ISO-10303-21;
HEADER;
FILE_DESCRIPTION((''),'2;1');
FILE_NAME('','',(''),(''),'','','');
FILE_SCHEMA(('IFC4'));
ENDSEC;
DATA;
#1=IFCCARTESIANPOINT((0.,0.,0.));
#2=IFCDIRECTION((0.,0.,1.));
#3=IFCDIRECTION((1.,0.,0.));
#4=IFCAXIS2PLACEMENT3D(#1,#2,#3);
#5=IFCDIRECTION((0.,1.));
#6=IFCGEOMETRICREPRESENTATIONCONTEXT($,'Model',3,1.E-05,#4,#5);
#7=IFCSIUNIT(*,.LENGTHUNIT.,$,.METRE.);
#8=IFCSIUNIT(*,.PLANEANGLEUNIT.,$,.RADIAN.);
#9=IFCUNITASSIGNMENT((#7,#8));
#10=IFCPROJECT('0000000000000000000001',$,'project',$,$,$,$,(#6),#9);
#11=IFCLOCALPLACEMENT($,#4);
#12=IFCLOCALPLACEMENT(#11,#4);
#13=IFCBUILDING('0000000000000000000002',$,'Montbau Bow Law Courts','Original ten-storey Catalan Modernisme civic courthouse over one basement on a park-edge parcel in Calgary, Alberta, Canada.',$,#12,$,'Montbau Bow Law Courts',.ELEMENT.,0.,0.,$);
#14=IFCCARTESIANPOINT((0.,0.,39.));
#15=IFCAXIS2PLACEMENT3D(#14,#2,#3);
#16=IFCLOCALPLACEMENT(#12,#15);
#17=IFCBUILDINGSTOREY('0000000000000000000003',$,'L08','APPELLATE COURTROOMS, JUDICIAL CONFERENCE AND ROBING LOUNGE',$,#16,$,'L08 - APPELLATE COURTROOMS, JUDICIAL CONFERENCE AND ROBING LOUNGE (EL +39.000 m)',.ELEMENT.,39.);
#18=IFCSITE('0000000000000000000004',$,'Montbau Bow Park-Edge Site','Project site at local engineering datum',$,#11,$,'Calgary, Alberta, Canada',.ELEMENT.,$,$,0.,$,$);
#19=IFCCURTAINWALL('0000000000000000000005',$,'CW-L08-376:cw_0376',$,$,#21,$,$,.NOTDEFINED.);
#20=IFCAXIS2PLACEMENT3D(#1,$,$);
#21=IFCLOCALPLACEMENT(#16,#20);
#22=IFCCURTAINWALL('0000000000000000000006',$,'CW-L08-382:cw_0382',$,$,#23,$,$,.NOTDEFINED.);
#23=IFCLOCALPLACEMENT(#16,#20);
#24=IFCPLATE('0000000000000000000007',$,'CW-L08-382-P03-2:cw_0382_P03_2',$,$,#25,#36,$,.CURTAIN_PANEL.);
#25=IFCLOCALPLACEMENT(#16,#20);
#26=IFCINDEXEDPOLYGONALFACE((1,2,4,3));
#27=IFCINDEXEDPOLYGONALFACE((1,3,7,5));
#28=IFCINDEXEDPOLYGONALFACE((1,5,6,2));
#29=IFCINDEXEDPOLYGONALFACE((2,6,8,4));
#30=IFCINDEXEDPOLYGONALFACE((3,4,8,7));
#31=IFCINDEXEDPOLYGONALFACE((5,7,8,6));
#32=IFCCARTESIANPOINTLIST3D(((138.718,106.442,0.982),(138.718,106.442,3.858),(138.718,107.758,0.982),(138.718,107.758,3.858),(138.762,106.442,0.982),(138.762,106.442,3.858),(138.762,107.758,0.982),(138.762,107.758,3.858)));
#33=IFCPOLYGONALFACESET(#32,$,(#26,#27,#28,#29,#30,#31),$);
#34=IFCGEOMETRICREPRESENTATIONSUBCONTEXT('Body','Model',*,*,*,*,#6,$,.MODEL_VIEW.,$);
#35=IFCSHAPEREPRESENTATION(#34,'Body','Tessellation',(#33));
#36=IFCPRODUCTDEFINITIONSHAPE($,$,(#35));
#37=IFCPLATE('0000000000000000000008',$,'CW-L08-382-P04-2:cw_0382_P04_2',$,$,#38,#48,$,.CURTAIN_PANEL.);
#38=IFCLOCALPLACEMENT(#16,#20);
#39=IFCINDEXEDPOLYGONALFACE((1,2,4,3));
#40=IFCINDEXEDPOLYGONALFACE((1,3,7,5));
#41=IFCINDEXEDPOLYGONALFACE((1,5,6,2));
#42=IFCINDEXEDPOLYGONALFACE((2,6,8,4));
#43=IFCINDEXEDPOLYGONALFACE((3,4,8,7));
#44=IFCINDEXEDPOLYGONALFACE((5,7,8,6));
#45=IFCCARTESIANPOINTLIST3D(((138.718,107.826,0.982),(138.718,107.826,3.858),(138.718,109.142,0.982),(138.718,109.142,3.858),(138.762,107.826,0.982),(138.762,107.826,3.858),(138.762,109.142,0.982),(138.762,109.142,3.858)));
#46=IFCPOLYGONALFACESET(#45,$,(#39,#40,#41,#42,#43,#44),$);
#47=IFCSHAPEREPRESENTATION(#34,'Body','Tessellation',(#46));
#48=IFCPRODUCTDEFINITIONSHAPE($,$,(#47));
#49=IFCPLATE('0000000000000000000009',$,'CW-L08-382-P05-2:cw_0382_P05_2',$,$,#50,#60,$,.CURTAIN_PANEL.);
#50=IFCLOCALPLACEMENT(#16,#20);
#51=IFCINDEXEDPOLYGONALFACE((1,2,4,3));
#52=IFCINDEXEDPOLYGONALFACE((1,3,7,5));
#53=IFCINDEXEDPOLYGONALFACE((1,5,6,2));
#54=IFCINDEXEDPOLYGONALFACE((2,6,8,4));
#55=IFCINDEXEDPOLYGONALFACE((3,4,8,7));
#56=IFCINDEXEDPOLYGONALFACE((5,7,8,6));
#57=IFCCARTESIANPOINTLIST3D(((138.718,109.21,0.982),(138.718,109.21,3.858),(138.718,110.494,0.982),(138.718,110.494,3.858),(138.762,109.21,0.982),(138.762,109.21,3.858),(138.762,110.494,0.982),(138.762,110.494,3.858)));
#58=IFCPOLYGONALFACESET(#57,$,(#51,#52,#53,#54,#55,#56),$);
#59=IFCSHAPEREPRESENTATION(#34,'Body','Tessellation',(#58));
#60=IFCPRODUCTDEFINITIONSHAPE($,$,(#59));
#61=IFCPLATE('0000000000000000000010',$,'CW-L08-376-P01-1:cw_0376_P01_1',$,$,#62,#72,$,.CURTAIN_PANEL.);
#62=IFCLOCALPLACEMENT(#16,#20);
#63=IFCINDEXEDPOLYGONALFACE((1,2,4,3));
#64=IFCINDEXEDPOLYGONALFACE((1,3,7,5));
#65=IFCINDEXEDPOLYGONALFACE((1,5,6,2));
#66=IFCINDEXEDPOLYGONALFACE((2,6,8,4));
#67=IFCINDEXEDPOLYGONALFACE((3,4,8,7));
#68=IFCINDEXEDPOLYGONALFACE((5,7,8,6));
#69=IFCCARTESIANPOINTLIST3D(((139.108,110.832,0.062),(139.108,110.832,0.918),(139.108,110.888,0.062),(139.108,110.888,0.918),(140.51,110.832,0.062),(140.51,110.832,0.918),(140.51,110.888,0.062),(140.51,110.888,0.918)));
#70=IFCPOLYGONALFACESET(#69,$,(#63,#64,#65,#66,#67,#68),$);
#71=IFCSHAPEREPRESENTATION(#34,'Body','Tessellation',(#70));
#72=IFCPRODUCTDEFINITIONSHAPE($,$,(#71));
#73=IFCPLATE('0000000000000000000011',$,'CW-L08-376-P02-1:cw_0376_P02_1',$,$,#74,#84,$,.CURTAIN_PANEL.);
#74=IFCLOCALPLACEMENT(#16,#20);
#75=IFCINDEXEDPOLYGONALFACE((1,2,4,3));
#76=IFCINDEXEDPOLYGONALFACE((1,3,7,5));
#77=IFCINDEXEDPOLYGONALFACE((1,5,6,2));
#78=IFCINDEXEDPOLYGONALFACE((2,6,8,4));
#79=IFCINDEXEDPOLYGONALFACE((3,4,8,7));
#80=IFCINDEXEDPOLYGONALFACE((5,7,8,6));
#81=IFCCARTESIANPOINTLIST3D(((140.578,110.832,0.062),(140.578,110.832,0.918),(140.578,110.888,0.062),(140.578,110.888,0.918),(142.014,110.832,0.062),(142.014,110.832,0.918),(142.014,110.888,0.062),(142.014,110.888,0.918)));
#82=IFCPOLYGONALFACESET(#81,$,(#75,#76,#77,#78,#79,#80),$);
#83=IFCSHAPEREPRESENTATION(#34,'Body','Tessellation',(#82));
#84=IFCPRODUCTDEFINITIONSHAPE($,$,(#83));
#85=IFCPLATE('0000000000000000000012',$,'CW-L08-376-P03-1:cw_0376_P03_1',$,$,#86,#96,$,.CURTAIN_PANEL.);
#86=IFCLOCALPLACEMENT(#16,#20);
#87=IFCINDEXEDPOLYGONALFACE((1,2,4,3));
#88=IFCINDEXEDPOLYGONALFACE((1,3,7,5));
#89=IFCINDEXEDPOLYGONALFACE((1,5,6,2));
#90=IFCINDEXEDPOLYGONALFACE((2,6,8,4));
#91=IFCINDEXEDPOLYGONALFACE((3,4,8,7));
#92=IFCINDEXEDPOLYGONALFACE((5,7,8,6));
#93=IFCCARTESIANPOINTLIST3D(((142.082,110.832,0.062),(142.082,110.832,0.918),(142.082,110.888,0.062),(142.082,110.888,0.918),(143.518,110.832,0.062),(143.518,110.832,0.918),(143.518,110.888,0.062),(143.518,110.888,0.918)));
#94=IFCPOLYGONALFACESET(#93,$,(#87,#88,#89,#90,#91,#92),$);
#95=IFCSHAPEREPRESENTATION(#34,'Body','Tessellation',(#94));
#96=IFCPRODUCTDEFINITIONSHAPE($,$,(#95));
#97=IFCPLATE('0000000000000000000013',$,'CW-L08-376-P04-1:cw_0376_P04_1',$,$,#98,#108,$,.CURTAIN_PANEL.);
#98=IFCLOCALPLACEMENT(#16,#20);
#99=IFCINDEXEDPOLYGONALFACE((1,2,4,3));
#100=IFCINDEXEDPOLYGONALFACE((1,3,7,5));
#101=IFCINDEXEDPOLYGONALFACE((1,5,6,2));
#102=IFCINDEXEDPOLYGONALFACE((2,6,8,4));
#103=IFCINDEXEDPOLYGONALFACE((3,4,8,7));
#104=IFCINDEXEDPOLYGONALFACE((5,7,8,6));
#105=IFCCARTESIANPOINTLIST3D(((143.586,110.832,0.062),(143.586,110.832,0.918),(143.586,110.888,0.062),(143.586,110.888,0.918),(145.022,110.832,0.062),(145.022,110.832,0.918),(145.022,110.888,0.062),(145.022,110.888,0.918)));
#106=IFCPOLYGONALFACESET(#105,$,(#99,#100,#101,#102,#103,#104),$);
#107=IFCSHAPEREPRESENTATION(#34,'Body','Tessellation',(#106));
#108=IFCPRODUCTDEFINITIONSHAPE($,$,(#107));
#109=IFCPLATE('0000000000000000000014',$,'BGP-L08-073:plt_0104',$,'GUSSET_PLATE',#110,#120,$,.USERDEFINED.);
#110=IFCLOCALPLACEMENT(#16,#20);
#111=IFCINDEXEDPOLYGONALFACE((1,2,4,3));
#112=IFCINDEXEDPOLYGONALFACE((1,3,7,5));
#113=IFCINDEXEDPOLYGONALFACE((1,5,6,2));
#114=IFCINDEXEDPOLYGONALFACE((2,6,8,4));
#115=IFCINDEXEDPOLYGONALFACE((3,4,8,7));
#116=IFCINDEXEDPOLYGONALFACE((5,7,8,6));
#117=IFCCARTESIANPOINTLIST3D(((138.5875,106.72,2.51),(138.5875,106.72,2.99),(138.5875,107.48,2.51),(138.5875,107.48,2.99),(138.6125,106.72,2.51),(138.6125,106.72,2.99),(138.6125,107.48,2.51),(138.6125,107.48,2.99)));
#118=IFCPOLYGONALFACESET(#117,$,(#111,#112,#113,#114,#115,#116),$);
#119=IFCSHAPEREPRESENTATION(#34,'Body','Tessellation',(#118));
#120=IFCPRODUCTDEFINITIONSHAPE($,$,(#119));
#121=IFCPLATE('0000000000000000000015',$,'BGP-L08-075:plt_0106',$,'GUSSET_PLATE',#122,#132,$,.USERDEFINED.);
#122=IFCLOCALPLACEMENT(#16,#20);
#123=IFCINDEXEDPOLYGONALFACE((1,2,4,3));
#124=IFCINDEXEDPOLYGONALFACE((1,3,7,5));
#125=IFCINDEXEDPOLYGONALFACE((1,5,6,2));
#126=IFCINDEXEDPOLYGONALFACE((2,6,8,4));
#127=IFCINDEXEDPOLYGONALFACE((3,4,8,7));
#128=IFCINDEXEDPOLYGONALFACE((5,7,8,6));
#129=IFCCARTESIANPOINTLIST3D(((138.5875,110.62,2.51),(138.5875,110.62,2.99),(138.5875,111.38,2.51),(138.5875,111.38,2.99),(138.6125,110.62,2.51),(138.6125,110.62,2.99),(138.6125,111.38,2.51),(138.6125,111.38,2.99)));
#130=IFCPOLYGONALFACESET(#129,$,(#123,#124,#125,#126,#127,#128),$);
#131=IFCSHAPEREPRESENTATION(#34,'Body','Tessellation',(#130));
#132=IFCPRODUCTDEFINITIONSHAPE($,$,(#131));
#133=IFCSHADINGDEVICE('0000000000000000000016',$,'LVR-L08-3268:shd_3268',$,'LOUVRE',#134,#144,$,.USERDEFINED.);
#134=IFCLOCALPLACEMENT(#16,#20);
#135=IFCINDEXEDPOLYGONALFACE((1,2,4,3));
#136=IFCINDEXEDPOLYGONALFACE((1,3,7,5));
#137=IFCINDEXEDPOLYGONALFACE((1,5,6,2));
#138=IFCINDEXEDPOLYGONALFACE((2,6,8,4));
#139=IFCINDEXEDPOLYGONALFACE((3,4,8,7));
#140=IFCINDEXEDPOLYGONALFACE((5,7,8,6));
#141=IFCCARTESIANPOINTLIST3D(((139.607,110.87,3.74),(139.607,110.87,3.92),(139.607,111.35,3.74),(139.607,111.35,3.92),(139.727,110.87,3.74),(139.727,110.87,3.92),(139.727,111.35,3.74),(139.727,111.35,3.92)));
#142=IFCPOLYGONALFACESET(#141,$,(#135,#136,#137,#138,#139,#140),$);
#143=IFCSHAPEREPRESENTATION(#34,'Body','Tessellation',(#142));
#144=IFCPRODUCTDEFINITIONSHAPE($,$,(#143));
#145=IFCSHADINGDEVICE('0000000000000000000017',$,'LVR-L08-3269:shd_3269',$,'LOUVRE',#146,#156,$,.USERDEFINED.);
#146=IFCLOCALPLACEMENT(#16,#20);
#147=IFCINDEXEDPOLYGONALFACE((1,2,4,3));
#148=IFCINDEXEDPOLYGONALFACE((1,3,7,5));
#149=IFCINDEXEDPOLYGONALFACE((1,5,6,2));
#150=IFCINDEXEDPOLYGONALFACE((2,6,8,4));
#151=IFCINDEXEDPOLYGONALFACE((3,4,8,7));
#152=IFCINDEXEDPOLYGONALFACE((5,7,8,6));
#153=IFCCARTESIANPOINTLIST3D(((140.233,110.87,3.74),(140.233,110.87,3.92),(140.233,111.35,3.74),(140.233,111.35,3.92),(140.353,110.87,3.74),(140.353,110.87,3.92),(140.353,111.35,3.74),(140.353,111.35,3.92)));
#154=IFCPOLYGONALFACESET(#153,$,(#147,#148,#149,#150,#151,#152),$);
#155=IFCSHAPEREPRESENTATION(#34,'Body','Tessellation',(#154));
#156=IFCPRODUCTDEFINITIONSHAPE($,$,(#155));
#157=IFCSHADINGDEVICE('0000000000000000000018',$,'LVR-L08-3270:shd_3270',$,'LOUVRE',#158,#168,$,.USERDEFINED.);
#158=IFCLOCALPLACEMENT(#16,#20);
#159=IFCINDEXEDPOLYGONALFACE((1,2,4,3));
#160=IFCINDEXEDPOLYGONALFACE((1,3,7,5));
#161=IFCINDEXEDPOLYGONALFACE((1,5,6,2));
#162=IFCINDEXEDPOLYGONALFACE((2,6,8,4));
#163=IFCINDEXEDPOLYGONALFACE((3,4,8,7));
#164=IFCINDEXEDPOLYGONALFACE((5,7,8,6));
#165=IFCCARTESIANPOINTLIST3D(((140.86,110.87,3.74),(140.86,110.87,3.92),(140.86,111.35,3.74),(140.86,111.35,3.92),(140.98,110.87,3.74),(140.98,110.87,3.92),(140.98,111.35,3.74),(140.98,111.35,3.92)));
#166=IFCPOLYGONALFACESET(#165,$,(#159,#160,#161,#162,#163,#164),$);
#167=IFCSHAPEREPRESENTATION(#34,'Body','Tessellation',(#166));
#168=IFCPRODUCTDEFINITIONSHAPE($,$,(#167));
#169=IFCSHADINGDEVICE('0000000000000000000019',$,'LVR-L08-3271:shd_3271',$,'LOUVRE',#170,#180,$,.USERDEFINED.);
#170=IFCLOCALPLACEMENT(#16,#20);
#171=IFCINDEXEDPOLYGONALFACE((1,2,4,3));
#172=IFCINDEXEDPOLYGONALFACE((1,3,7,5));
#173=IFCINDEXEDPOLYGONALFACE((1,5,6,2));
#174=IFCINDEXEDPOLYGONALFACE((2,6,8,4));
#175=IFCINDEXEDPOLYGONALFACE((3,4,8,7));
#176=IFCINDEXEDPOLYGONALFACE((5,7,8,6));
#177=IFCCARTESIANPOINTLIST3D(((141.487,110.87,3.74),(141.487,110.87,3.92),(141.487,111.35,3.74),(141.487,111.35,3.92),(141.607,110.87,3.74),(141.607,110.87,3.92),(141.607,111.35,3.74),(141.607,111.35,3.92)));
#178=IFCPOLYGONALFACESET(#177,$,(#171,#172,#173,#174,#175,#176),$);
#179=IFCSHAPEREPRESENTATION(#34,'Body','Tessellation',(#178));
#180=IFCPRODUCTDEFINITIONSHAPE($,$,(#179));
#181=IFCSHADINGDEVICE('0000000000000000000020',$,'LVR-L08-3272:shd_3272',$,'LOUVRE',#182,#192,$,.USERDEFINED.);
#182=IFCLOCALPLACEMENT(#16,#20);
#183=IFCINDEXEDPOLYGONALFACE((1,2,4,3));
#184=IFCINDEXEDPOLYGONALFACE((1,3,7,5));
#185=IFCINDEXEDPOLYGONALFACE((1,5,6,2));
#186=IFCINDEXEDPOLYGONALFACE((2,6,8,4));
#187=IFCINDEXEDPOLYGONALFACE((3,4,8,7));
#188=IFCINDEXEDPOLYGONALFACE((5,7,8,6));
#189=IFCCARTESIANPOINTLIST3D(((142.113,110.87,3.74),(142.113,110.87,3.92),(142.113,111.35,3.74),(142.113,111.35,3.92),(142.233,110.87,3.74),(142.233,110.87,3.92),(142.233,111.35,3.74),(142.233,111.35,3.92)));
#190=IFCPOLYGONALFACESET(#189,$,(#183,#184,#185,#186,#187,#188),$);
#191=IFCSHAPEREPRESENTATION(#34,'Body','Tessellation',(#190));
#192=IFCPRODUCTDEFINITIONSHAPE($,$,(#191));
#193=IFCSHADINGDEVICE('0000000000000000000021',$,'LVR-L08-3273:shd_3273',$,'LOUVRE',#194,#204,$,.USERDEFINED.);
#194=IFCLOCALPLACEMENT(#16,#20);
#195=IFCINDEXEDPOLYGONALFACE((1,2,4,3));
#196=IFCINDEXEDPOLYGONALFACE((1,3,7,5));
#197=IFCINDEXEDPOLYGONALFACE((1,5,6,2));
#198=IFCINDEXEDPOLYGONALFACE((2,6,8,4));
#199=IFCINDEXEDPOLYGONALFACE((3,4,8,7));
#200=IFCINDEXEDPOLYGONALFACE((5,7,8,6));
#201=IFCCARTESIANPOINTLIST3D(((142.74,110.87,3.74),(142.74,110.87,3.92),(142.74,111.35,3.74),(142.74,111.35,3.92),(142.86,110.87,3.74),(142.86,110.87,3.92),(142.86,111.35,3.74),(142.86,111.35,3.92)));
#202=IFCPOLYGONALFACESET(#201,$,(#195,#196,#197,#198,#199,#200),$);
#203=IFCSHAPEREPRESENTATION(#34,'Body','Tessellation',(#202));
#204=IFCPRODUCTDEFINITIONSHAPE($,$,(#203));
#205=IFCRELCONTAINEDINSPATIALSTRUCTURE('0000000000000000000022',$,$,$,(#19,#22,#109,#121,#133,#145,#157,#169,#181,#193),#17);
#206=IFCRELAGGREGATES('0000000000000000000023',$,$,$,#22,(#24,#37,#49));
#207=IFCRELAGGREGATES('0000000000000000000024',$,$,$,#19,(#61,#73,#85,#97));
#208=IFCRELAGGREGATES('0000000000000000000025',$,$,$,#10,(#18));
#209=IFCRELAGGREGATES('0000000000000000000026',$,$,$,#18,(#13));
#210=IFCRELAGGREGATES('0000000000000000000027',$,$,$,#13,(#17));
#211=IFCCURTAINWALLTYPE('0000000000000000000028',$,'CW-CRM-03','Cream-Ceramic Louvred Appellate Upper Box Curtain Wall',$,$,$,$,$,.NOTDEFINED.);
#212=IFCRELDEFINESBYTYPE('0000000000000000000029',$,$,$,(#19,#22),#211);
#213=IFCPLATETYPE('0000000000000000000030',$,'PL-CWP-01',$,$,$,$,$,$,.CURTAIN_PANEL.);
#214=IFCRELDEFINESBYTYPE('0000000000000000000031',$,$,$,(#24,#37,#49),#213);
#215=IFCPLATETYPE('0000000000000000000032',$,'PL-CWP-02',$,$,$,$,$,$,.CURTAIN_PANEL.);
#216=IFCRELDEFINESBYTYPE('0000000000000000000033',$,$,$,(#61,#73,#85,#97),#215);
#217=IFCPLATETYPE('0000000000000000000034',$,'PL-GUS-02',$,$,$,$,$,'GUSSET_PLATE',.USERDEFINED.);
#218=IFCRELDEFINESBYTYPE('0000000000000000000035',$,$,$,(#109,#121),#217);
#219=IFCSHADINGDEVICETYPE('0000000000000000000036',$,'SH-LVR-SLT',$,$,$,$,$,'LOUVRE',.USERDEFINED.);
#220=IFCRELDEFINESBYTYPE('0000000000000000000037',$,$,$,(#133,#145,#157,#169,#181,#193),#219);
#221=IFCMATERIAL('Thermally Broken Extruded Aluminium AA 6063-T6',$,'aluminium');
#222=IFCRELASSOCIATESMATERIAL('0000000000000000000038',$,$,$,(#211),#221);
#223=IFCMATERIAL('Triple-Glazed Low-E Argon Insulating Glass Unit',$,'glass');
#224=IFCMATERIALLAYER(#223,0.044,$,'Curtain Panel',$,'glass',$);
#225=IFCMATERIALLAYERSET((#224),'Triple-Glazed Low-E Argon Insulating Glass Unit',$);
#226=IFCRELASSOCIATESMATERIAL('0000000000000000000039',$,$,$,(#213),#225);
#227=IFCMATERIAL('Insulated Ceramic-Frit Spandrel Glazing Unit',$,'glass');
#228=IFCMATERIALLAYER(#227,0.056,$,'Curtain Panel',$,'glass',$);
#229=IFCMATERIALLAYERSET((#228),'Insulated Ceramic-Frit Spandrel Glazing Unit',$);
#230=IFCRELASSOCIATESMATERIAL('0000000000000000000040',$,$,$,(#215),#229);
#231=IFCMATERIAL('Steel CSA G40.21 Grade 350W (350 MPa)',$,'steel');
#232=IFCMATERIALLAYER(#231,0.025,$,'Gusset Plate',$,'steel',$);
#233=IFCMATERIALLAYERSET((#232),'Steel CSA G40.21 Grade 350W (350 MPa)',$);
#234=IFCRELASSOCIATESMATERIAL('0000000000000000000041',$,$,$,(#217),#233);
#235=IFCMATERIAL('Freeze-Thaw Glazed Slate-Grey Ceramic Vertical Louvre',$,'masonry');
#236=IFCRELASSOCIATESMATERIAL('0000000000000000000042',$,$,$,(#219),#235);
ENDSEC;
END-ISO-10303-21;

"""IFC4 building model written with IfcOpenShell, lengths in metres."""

from ifc_helpers import new_model, si_unit, direction, frame, frame_2d, origin_with_axes, origin_2d_with_axis, place, context, subcontext, project, spatial, rectangle, extrude, material, layer, layer_set, type_object, element, aggregate, save


model = new_model("IFC4")

# Units and contexts
model_context = context("Model", 3, precision=1e-05, world=origin_with_axes(), true_north=direction((0.0, 1.0)))
body_context = subcontext(model_context, "Body", "Model", "MODEL_VIEW")
ifc_project = project(units=[si_unit("LENGTHUNIT", "METRE"), si_unit("PLANEANGLEUNIT", "RADIAN")], contexts=[model_context])

# Site, building, storey
site_placement = place(None, origin_with_axes())
site = spatial("IfcSite", under=ifc_project, at=site_placement, Name="Montbau Bow Park-Edge Site", Description="Project site at local engineering datum", LongName="Calgary, Alberta, Canada", CompositionType="ELEMENT", RefElevation=0.0)
building_placement = place(site_placement, origin_with_axes())
building = spatial("IfcBuilding", under=site, at=building_placement, Name="Montbau Bow Law Courts", Description="Original ten-storey Catalan Modernisme civic courthouse over one basement on a park-edge parcel in Calgary, Alberta, Canada.", LongName="Montbau Bow Law Courts", CompositionType="ELEMENT", ElevationOfRefHeight=0.0, ElevationOfTerrain=0.0)
storey_placement = place(building_placement, frame((0.0, 0.0, 39.0), z_axis=(0.0, 0.0, 1.0), x_axis=(1.0, 0.0, 0.0)))
storey = spatial("IfcBuildingStorey", under=building, at=storey_placement, Name="L08", Description="APPELLATE COURTROOMS, JUDICIAL CONFERENCE AND ROBING LOUNGE", LongName="L08 - APPELLATE COURTROOMS, JUDICIAL CONFERENCE AND ROBING LOUNGE (EL +39.000 m)", CompositionType="ELEMENT", Elevation=39.0)

# Shared definitions
ifc_material_1 = material(Name="Steel CSA G40.21 Grade 350W (350 MPa)", Category="steel")

# Curtain walls
ifc_material_2 = material(Name="Thermally Broken Extruded Aluminium AA 6063-T6", Category="aluminium")
curtain_wall_type = type_object("IfcCurtainWallType", Name="CW-CRM-03", Description="Cream-Ceramic Louvred Appellate Upper Box Curtain Wall", PredefinedType="NOTDEFINED", material=ifc_material_2)
curtain_wall_1_placement = place(None, frame((139.04, 110.86, 39.0), z_axis=(0.0, 0.0, 1.0), x_axis=(1.0, 0.0, 0.0)))
curtain_wall_1 = element("IfcCurtainWall", 1, at=curtain_wall_1_placement, inside=storey, type_object=curtain_wall_type, Name="CW-L08-376:cw_0376", PredefinedType="NOTDEFINED")
curtain_wall_2_placement = place(None, frame((138.74, 103.64, 39.0), z_axis=(0.0, 0.0, 1.0), x_axis=(1.0, 0.0, 0.0)))
curtain_wall_2 = element("IfcCurtainWall", 2, at=curtain_wall_2_placement, inside=storey, type_object=curtain_wall_type, Name="CW-L08-382:cw_0382", PredefinedType="NOTDEFINED")

# Plates
ifc_material_3 = material(Name="Triple-Glazed Low-E Argon Insulating Glass Unit", Category="glass")
ifc_layer_1 = layer(ifc_material_3, 0.044, Name="Curtain Panel", Category="glass")
ifc_layer_set_1 = layer_set([ifc_layer_1], Name="Triple-Glazed Low-E Argon Insulating Glass Unit")
plate_type_1 = type_object("IfcPlateType", Name="PL-CWP-01", PredefinedType="CURTAIN_PANEL", material=ifc_layer_set_1)
plate_1_placement = place(None, frame((138.74, 106.442, 39.982), z_axis=(1.0, 0.0, 0.0), x_axis=(0.0, 1.0, 0.0)))
plate_1 = element("IfcPlate", 3, at=plate_1_placement, type_object=plate_type_1, Name="CW-L08-382-P03-2:cw_0382_P03_2", PredefinedType="CURTAIN_PANEL", context=body_context, shape_type="SweptSolid", body=[
    extrude(rectangle(XDim=1.316, YDim=2.876, at=frame_2d((0.658, 1.438), x_axis=(1.0, 0.0))), frame((0.0, 0.0, -0.022), z_axis=(0.0, 0.0, 1.0), x_axis=(1.0, 0.0, 0.0)), (0.0, 0.0, 1.0), 0.044),
])
plate_2_placement = place(None, frame((138.74, 107.826, 39.982), z_axis=(1.0, 0.0, 0.0), x_axis=(0.0, 1.0, 0.0)))
plate_2 = element("IfcPlate", 4, at=plate_2_placement, type_object=plate_type_1, Name="CW-L08-382-P04-2:cw_0382_P04_2", PredefinedType="CURTAIN_PANEL", context=body_context, shape_type="SweptSolid", body=[
    extrude(rectangle(XDim=1.316, YDim=2.876, at=frame_2d((0.658, 1.438), x_axis=(1.0, 0.0))), frame((0.0, 0.0, -0.022), z_axis=(0.0, 0.0, 1.0), x_axis=(1.0, 0.0, 0.0)), (0.0, 0.0, 1.0), 0.044),
])
plate_3_placement = place(None, frame((138.74, 109.21, 39.982), z_axis=(1.0, 0.0, 0.0), x_axis=(0.0, 1.0, 0.0)))
plate_3 = element("IfcPlate", 5, at=plate_3_placement, type_object=plate_type_1, Name="CW-L08-382-P05-2:cw_0382_P05_2", PredefinedType="CURTAIN_PANEL", context=body_context, shape_type="SweptSolid", body=[
    extrude(rectangle(XDim=1.284, YDim=2.876, at=frame_2d((0.642, 1.438), x_axis=(1.0, 0.0))), frame((0.0, 0.0, -0.022), z_axis=(0.0, 0.0, 1.0), x_axis=(1.0, 0.0, 0.0)), (0.0, 0.0, 1.0), 0.044),
])
aggregate(curtain_wall_2, [plate_1, plate_2, plate_3])
ifc_material_4 = material(Name="Insulated Ceramic-Frit Spandrel Glazing Unit", Category="glass")
ifc_layer_2 = layer(ifc_material_4, 0.056, Name="Curtain Panel", Category="glass")
ifc_layer_set_2 = layer_set([ifc_layer_2], Name="Insulated Ceramic-Frit Spandrel Glazing Unit")
plate_type_2 = type_object("IfcPlateType", Name="PL-CWP-02", PredefinedType="CURTAIN_PANEL", material=ifc_layer_set_2)
plate_4_placement = place(None, frame((139.108, 110.86, 39.062), z_axis=(0.0, -1.0, 0.0), x_axis=(1.0, 0.0, 0.0)))
plate_4 = element("IfcPlate", 6, at=plate_4_placement, type_object=plate_type_2, Name="CW-L08-376-P01-1:cw_0376_P01_1", PredefinedType="CURTAIN_PANEL", context=body_context, shape_type="SweptSolid", body=[
    extrude(rectangle(XDim=1.402, YDim=0.856, at=frame_2d((0.701, 0.428), x_axis=(1.0, 0.0))), frame((0.0, 0.0, -0.028), z_axis=(0.0, 0.0, 1.0), x_axis=(1.0, 0.0, 0.0)), (0.0, 0.0, 1.0), 0.056),
])
plate_5_placement = place(None, frame((140.578, 110.86, 39.062), z_axis=(0.0, -1.0, 0.0), x_axis=(1.0, 0.0, 0.0)))
plate_5 = element("IfcPlate", 7, at=plate_5_placement, type_object=plate_type_2, Name="CW-L08-376-P02-1:cw_0376_P02_1", PredefinedType="CURTAIN_PANEL", context=body_context, shape_type="SweptSolid", body=[
    extrude(rectangle(XDim=1.436, YDim=0.856, at=frame_2d((0.718, 0.428), x_axis=(1.0, 0.0))), frame((0.0, 0.0, -0.028), z_axis=(0.0, 0.0, 1.0), x_axis=(1.0, 0.0, 0.0)), (0.0, 0.0, 1.0), 0.056),
])
plate_6_placement = place(None, frame((142.082, 110.86, 39.062), z_axis=(0.0, -1.0, 0.0), x_axis=(1.0, 0.0, 0.0)))
plate_6 = element("IfcPlate", 8, at=plate_6_placement, type_object=plate_type_2, Name="CW-L08-376-P03-1:cw_0376_P03_1", PredefinedType="CURTAIN_PANEL", context=body_context, shape_type="SweptSolid", body=[
    extrude(rectangle(XDim=1.436, YDim=0.856, at=frame_2d((0.718, 0.428), x_axis=(1.0, 0.0))), frame((0.0, 0.0, -0.028), z_axis=(0.0, 0.0, 1.0), x_axis=(1.0, 0.0, 0.0)), (0.0, 0.0, 1.0), 0.056),
])
plate_7_placement = place(None, frame((143.586, 110.86, 39.062), z_axis=(0.0, -1.0, 0.0), x_axis=(1.0, 0.0, 0.0)))
plate_7 = element("IfcPlate", 9, at=plate_7_placement, type_object=plate_type_2, Name="CW-L08-376-P04-1:cw_0376_P04_1", PredefinedType="CURTAIN_PANEL", context=body_context, shape_type="SweptSolid", body=[
    extrude(rectangle(XDim=1.436, YDim=0.856, at=frame_2d((0.718, 0.428), x_axis=(1.0, 0.0))), frame((0.0, 0.0, -0.028), z_axis=(0.0, 0.0, 1.0), x_axis=(1.0, 0.0, 0.0)), (0.0, 0.0, 1.0), 0.056),
])
aggregate(curtain_wall_1, [plate_4, plate_5, plate_6, plate_7])

# Plates
ifc_layer_3 = layer(ifc_material_1, 0.025, Name="Gusset Plate", Category="steel")
ifc_layer_set_3 = layer_set([ifc_layer_3], Name="Steel CSA G40.21 Grade 350W (350 MPa)")
plate_type_3 = type_object("IfcPlateType", Name="PL-GUS-02", ElementType="GUSSET_PLATE", PredefinedType="USERDEFINED", material=ifc_layer_set_3)
for number, where, z_axis, x_axis, name in (
    (10, (138.6, 107.1, 41.51), (0.0, 0.0, 1.0), (0.0, 1.0, 0.0), "BGP-L08-073:plt_0104"),
    (11, (138.6, 111.0, 41.51), (0.0, 0.0, 1.0), (0.0, 1.0, 0.0), "BGP-L08-075:plt_0106"),
):
    element("IfcPlate", number, at=place(None, frame(where, z_axis=z_axis, x_axis=x_axis)), inside=storey, type_object=plate_type_3, Name=name, ObjectType="GUSSET_PLATE", PredefinedType="USERDEFINED", context=body_context, shape_type="SweptSolid", body=[
        extrude(rectangle(XDim=0.76, YDim=0.025, at=origin_2d_with_axis()), origin_with_axes(), (0.0, 0.0, 1.0), 0.48),
    ])

# Shading devices
ifc_material_5 = material(Name="Freeze-Thaw Glazed Slate-Grey Ceramic Vertical Louvre", Category="masonry")
shading_device_type = type_object("IfcShadingDeviceType", Name="SH-LVR-SLT", ElementType="LOUVRE", PredefinedType="USERDEFINED", material=ifc_material_5)
for number, where, z_axis, x_axis, name in (
    (12, (139.667, 111.11, 42.74), (0.0, 0.0, 1.0), (0.0, 1.0, 0.0), "LVR-L08-3268:shd_3268"),
    (13, (140.293, 111.11, 42.74), (0.0, 0.0, 1.0), (0.0, 1.0, 0.0), "LVR-L08-3269:shd_3269"),
    (14, (140.92, 111.11, 42.74), (0.0, 0.0, 1.0), (0.0, 1.0, 0.0), "LVR-L08-3270:shd_3270"),
    (15, (141.547, 111.11, 42.74), (0.0, 0.0, 1.0), (0.0, 1.0, 0.0), "LVR-L08-3271:shd_3271"),
    (16, (142.173, 111.11, 42.74), (0.0, 0.0, 1.0), (0.0, 1.0, 0.0), "LVR-L08-3272:shd_3272"),
    (17, (142.8, 111.11, 42.74), (0.0, 0.0, 1.0), (0.0, 1.0, 0.0), "LVR-L08-3273:shd_3273"),
):
    element("IfcShadingDevice", number, at=place(None, frame(where, z_axis=z_axis, x_axis=x_axis)), inside=storey, type_object=shading_device_type, Name=name, ObjectType="LOUVRE", PredefinedType="USERDEFINED", context=body_context, shape_type="SweptSolid", body=[
        extrude(rectangle(XDim=0.48, YDim=0.12, at=origin_2d_with_axis()), origin_with_axes(), (0.0, 0.0, 1.0), 0.18),
    ])

save(model, "model.ifc")
